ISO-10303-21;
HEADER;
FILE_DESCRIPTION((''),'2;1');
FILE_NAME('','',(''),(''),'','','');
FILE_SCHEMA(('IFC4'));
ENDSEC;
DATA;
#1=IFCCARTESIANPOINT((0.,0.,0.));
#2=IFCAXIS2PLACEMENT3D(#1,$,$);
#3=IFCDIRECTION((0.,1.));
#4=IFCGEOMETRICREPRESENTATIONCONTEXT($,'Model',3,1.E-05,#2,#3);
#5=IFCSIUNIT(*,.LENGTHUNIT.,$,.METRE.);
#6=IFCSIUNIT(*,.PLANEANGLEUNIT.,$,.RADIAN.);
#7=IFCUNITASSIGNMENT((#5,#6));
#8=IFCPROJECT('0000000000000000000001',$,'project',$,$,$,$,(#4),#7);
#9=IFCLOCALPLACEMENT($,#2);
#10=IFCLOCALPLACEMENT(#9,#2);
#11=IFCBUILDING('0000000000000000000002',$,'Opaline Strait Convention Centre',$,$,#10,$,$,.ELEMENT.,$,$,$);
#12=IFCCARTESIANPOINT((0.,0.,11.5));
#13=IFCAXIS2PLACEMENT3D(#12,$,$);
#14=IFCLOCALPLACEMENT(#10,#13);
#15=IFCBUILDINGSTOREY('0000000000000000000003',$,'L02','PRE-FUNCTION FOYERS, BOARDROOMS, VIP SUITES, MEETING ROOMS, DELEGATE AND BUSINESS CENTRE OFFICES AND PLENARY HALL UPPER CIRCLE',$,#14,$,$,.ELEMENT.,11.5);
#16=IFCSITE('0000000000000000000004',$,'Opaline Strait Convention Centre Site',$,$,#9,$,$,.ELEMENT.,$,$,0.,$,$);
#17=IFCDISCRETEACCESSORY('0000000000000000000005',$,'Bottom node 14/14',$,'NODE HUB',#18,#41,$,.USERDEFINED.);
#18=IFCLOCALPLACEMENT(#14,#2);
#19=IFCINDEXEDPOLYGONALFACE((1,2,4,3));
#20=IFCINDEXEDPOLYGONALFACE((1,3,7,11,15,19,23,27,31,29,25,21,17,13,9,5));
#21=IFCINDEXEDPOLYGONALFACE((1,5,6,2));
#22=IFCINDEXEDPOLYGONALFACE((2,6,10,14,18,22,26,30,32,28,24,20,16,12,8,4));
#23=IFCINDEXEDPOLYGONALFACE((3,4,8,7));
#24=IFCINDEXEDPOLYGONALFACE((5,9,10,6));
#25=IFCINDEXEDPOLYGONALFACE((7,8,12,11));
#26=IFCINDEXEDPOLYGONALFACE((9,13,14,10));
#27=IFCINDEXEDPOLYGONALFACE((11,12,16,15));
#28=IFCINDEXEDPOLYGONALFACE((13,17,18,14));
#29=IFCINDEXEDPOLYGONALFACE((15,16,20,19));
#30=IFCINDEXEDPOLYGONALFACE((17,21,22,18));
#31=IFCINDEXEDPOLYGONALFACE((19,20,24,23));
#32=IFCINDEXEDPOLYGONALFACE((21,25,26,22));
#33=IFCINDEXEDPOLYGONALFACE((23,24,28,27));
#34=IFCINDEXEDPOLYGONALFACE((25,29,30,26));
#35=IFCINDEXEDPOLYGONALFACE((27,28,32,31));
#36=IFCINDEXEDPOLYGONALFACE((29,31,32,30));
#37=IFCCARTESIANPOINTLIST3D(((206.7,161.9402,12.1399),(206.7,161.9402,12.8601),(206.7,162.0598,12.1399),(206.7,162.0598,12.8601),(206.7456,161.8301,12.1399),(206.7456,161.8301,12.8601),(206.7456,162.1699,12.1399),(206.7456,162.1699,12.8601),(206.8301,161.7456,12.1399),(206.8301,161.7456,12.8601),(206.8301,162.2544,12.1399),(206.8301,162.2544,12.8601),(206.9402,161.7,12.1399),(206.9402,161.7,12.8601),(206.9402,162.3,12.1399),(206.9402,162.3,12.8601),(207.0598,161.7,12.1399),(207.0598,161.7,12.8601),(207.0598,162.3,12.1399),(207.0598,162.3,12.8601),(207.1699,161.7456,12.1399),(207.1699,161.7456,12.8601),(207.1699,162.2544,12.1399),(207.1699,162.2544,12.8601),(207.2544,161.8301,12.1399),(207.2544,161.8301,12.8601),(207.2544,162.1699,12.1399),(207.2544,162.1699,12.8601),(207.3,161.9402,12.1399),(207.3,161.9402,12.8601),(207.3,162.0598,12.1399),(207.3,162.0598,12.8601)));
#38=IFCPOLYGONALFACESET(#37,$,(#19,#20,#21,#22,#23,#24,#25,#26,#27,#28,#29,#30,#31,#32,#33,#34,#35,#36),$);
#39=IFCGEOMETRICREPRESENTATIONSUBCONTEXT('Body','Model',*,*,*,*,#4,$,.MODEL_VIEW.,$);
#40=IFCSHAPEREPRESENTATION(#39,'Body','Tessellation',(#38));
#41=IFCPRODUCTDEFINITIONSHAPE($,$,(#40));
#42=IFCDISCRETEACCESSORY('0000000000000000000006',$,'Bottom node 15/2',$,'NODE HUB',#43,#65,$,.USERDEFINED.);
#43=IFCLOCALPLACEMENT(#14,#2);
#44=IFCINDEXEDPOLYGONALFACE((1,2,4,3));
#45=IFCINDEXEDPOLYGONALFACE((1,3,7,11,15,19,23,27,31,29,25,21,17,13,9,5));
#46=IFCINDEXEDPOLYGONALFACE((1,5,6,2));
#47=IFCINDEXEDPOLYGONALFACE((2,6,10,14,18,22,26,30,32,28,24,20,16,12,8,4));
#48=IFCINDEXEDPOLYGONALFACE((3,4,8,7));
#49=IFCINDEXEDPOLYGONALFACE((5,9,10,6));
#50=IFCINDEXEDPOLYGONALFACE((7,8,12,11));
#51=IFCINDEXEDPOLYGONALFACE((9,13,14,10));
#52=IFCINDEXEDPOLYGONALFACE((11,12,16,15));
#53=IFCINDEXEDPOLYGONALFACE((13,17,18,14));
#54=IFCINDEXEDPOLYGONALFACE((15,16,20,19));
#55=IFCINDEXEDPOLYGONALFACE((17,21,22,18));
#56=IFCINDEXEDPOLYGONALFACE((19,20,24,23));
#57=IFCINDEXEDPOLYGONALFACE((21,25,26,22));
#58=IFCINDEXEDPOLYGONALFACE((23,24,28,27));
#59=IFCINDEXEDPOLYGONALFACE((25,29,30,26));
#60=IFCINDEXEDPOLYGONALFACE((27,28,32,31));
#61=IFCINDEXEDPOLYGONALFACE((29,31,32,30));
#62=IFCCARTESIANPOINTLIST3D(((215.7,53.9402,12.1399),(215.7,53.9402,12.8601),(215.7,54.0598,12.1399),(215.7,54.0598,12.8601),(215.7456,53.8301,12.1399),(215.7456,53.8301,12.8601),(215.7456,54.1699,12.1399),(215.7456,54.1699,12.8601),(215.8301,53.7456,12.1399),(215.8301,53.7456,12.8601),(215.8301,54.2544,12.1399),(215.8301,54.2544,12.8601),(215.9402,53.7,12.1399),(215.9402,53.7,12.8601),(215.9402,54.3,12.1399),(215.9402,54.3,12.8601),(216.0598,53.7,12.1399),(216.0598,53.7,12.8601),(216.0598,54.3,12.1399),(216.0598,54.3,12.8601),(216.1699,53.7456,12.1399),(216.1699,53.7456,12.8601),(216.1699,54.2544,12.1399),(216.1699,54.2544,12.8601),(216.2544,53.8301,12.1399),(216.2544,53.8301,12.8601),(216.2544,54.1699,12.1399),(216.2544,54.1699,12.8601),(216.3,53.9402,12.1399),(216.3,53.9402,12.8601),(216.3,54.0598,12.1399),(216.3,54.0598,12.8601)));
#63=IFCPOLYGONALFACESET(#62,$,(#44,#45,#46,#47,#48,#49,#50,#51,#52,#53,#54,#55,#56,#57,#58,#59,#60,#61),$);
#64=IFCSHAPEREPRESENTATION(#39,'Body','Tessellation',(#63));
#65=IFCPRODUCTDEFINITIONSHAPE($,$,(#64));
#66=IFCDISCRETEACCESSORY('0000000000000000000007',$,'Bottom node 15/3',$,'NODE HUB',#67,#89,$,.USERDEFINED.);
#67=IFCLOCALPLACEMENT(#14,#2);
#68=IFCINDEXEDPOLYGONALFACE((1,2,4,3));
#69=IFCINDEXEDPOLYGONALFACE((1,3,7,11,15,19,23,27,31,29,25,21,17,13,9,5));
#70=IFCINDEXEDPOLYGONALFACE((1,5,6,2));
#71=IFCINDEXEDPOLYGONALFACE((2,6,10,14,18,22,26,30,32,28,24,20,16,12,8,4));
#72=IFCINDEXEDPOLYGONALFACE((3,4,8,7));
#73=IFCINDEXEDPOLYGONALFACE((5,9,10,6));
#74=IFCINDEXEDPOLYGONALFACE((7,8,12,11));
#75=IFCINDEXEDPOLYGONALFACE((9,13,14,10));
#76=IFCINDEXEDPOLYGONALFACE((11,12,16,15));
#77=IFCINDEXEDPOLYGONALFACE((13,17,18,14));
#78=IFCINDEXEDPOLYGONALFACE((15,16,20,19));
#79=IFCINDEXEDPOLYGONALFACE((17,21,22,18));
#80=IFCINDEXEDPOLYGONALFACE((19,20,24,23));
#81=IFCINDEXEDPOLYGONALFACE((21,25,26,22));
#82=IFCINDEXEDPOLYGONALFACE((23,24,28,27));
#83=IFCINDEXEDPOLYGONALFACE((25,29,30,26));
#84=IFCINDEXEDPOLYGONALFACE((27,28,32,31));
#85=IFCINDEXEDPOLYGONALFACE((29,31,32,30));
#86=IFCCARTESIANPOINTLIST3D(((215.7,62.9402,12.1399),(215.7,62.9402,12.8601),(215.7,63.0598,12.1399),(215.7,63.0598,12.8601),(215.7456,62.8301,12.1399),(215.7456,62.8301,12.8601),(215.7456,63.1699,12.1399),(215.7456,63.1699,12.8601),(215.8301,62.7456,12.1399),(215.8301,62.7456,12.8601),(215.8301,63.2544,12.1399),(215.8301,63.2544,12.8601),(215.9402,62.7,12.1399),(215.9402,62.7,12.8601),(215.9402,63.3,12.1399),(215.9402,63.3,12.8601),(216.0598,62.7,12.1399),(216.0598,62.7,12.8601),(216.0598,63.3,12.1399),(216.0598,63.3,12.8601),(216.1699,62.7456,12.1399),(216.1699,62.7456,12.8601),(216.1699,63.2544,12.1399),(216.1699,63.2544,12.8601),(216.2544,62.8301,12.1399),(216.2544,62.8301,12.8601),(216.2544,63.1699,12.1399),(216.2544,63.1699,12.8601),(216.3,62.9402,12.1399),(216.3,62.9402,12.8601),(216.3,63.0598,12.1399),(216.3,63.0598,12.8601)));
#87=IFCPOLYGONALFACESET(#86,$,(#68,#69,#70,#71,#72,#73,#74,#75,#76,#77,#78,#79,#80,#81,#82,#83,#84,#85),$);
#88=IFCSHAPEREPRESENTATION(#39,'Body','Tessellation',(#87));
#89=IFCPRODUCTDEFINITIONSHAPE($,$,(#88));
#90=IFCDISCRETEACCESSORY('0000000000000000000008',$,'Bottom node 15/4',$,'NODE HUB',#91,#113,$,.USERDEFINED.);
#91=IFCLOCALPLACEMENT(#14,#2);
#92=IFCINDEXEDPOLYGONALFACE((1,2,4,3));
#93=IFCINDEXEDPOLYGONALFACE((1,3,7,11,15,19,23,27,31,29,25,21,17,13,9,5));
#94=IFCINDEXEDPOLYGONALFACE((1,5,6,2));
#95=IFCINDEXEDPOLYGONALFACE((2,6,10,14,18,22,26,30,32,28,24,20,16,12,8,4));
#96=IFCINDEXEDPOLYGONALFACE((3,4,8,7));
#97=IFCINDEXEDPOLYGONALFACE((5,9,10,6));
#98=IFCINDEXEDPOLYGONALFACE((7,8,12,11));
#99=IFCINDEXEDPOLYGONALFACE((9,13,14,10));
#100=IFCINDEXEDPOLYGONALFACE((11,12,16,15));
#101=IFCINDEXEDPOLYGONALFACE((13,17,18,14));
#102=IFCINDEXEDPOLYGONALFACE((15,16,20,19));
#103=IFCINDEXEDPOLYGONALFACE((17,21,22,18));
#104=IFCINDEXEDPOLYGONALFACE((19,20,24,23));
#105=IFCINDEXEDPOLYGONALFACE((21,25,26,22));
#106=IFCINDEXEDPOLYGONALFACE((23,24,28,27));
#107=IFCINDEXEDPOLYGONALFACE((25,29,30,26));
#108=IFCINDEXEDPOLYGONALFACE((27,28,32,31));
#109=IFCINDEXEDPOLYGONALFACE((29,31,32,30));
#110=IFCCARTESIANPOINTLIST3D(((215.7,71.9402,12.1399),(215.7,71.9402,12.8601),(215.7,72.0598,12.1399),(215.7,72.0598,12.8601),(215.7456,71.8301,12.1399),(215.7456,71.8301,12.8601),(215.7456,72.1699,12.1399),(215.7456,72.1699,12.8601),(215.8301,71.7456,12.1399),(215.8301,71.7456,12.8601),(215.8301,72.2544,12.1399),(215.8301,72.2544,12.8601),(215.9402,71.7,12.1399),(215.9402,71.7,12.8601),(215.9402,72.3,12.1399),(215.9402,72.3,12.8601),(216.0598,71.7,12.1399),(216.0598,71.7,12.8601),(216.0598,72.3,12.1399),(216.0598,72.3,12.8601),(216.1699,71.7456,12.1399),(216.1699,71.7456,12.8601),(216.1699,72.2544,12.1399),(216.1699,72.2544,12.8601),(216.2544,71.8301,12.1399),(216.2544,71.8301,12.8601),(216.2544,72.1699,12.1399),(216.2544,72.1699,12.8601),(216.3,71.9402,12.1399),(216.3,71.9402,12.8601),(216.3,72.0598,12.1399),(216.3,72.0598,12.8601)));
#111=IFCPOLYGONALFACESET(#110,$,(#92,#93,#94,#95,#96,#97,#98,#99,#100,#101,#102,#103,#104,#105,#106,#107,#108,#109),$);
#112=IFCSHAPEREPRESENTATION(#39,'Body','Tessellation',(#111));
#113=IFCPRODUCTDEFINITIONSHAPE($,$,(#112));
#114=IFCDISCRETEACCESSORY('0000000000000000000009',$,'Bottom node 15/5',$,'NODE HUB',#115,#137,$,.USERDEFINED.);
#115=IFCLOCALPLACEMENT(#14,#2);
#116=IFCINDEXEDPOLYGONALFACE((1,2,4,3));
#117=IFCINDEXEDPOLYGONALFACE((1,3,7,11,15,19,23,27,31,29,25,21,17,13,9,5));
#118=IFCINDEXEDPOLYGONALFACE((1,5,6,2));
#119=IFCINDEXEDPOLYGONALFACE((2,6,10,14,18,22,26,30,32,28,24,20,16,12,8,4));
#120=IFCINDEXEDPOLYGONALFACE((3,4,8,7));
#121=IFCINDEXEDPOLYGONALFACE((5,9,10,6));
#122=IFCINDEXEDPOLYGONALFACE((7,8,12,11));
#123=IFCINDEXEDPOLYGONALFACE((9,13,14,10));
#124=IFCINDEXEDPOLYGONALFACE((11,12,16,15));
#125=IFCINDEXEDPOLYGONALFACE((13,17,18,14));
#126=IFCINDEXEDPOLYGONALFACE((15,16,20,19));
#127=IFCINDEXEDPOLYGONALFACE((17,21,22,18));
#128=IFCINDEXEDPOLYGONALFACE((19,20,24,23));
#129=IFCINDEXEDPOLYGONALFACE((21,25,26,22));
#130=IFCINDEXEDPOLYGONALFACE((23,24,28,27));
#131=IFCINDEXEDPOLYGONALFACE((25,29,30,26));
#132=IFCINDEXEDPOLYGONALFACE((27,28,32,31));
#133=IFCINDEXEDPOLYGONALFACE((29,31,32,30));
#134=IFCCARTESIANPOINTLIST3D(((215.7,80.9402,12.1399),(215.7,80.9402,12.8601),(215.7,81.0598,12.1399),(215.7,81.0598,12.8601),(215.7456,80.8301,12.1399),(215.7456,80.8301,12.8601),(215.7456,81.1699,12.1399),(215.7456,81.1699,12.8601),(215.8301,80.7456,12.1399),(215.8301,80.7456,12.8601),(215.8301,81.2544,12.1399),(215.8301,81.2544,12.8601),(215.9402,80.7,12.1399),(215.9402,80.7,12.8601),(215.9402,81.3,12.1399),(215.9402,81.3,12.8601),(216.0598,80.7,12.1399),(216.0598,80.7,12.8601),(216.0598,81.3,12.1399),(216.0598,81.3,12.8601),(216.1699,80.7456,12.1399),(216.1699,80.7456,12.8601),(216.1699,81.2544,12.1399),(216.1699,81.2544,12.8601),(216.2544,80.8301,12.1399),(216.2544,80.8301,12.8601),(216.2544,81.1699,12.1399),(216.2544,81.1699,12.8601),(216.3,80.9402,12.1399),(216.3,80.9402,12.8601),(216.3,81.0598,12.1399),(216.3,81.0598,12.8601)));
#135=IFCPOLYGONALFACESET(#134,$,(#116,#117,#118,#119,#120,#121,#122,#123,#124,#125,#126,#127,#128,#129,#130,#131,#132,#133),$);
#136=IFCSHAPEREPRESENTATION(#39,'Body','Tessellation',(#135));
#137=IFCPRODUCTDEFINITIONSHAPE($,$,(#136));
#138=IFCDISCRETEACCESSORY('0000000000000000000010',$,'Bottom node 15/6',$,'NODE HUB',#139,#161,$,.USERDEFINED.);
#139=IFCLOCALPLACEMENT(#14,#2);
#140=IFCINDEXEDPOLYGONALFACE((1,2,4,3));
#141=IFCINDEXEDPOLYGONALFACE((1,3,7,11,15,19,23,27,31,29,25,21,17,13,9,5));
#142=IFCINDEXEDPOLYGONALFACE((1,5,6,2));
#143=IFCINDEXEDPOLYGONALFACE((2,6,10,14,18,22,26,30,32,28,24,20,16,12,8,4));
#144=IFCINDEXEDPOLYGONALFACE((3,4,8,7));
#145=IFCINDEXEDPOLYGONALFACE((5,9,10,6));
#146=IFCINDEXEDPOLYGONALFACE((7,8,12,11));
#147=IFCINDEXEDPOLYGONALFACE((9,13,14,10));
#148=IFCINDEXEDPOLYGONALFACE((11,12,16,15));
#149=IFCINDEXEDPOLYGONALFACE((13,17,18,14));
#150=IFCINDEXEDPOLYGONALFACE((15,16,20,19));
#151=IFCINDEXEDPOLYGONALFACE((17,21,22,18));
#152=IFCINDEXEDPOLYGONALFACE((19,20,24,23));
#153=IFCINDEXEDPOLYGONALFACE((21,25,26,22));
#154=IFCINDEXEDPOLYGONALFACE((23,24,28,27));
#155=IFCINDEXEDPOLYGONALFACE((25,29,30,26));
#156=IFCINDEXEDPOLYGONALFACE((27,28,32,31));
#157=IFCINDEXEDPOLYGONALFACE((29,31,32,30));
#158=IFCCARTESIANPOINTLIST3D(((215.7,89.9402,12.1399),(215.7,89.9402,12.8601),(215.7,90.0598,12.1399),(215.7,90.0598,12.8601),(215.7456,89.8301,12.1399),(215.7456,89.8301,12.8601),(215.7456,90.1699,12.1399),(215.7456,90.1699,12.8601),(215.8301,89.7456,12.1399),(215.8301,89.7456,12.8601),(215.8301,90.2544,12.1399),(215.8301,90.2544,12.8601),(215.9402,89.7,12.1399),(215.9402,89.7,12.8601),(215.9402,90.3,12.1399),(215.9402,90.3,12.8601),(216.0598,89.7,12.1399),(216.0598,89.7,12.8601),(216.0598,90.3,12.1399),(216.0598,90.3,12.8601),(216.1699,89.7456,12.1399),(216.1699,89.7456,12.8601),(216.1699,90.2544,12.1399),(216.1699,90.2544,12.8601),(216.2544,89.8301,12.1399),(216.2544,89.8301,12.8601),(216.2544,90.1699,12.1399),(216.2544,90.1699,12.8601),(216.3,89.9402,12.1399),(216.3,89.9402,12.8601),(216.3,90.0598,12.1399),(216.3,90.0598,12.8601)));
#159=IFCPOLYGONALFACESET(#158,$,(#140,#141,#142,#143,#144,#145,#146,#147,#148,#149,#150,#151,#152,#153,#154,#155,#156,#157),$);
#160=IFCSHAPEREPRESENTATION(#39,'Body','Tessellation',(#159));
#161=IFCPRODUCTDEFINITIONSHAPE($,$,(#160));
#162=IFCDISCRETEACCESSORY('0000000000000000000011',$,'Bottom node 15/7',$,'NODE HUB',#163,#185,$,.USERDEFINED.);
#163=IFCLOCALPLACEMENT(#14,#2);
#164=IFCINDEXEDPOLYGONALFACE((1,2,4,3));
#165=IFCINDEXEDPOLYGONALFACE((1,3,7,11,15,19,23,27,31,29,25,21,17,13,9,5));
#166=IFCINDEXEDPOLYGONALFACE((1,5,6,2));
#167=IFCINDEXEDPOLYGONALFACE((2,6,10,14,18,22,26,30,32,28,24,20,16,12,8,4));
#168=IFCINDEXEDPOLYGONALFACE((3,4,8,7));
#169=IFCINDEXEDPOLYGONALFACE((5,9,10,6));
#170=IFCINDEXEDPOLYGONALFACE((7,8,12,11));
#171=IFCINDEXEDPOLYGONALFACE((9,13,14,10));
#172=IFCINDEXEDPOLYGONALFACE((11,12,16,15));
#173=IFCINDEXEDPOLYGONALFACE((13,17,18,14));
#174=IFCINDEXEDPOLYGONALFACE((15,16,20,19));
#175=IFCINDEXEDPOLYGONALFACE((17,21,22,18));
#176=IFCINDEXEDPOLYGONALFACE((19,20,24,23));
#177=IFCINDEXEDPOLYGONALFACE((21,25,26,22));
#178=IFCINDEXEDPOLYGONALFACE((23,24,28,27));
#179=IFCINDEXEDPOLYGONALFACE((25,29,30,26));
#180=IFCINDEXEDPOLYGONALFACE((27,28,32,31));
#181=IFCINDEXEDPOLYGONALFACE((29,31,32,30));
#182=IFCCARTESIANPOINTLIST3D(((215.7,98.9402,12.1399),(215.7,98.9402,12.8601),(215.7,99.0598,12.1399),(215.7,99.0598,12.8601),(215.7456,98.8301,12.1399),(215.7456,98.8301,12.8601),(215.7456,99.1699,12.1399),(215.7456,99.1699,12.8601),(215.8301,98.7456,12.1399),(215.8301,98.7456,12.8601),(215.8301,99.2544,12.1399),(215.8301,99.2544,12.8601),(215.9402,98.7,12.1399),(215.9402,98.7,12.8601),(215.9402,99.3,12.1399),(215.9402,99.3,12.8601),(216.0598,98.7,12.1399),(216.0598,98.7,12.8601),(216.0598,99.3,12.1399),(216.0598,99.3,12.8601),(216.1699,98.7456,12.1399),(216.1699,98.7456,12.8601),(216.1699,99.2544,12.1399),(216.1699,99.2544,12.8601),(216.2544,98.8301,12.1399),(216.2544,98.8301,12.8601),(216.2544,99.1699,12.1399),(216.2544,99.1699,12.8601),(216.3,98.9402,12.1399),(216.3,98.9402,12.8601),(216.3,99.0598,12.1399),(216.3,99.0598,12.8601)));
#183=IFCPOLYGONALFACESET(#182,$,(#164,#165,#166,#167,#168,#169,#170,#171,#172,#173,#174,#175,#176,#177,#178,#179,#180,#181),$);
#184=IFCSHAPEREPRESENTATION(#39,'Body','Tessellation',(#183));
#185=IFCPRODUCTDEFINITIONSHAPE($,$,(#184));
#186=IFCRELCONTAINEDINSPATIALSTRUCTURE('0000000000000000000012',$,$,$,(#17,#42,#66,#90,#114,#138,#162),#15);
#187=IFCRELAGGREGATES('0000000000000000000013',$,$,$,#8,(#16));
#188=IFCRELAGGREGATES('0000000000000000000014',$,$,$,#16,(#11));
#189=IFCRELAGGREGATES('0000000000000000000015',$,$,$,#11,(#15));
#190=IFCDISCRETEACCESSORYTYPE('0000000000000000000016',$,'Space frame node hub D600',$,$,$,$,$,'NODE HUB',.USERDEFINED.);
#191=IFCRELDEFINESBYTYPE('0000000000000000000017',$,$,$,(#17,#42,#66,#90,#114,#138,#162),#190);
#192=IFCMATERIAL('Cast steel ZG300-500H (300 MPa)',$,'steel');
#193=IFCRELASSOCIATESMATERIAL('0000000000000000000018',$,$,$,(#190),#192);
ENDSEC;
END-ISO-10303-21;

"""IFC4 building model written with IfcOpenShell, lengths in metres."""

from ifc_helpers import new_model, si_unit, direction, frame, origin, place, context, subcontext, project, spatial, polyline, outline, extrude, material, type_object, element, save


model = new_model("IFC4")

# Units and contexts
model_context = context("Model", 3, precision=1e-05, world=origin(), true_north=direction((0.0, 1.0)))
body_context = subcontext(model_context, "Body", "Model", "MODEL_VIEW")
ifc_project = project(units=[si_unit("LENGTHUNIT", "METRE"), si_unit("PLANEANGLEUNIT", "RADIAN")], contexts=[model_context])

# Site, building, storey
site_placement = place(None, origin())
site = spatial("IfcSite", under=ifc_project, at=site_placement, Name="Opaline Strait Convention Centre Site", CompositionType="ELEMENT", RefElevation=0.0)
building_placement = place(site_placement, origin())
building = spatial("IfcBuilding", under=site, at=building_placement, Name="Opaline Strait Convention Centre", CompositionType="ELEMENT")
storey_placement = place(building_placement, frame((0.0, 0.0, 11.5)))
storey = spatial("IfcBuildingStorey", under=building, at=storey_placement, Name="L02", Description="PRE-FUNCTION FOYERS, BOARDROOMS, VIP SUITES, MEETING ROOMS, DELEGATE AND BUSINESS CENTRE OFFICES AND PLENARY HALL UPPER CIRCLE", CompositionType="ELEMENT", Elevation=11.5)

# Discrete accessories
ifc_material = material(Name="Cast steel ZG300-500H (300 MPa)", Category="steel")
discrete_accessory_type_1 = type_object("IfcDiscreteAccessoryType", Name="Space frame node hub D600", ElementType="NODE HUB", PredefinedType="USERDEFINED", material=ifc_material)
discrete_accessory_1_placement = place(storey_placement, frame((0.0, 0.0, 12.1399)))
element("IfcDiscreteAccessory", 1, at=discrete_accessory_1_placement, inside=storey, type_object=discrete_accessory_type_1, Name="Bottom node 14/14", ObjectType="NODE HUB", PredefinedType="USERDEFINED", context=body_context, shape_type="SweptSolid", body=[
    extrude(outline(polyline([(207.3, 162.0598), (207.2544, 162.1699), (207.1699, 162.2544), (207.0598, 162.3), (206.9402, 162.3), (206.8301, 162.2544), (206.7456, 162.1699), (206.7, 162.0598), (206.7, 161.9402), (206.7456, 161.8301), (206.8301, 161.7456), (206.9402, 161.7), (207.0598, 161.7), (207.1699, 161.7456), (207.2544, 161.8301), (207.3, 161.9402), (207.3, 162.0598)])), origin(), (0.0, 0.0, 1.0), 0.7202),
])
discrete_accessory_2_placement = place(storey_placement, frame((0.0, 0.0, 12.1399)))
element("IfcDiscreteAccessory", 2, at=discrete_accessory_2_placement, inside=storey, type_object=discrete_accessory_type_1, Name="Bottom node 15/2", ObjectType="NODE HUB", PredefinedType="USERDEFINED", context=body_context, shape_type="SweptSolid", body=[
    extrude(outline(polyline([(216.3, 54.0598), (216.2544, 54.1699), (216.1699, 54.2544), (216.0598, 54.3), (215.9402, 54.3), (215.8301, 54.2544), (215.7456, 54.1699), (215.7, 54.0598), (215.7, 53.9402), (215.7456, 53.8301), (215.8301, 53.7456), (215.9402, 53.7), (216.0598, 53.7), (216.1699, 53.7456), (216.2544, 53.8301), (216.3, 53.9402), (216.3, 54.0598)])), origin(), (0.0, 0.0, 1.0), 0.7202),
])
discrete_accessory_3_placement = place(storey_placement, frame((0.0, 0.0, 12.1399)))
element("IfcDiscreteAccessory", 3, at=discrete_accessory_3_placement, inside=storey, type_object=discrete_accessory_type_1, Name="Bottom node 15/3", ObjectType="NODE HUB", PredefinedType="USERDEFINED", context=body_context, shape_type="SweptSolid", body=[
    extrude(outline(polyline([(216.3, 63.0598), (216.2544, 63.1699), (216.1699, 63.2544), (216.0598, 63.3), (215.9402, 63.3), (215.8301, 63.2544), (215.7456, 63.1699), (215.7, 63.0598), (215.7, 62.9402), (215.7456, 62.8301), (215.8301, 62.7456), (215.9402, 62.7), (216.0598, 62.7), (216.1699, 62.7456), (216.2544, 62.8301), (216.3, 62.9402), (216.3, 63.0598)])), origin(), (0.0, 0.0, 1.0), 0.7202),
])
discrete_accessory_4_placement = place(storey_placement, frame((0.0, 0.0, 12.1399)))
element("IfcDiscreteAccessory", 4, at=discrete_accessory_4_placement, inside=storey, type_object=discrete_accessory_type_1, Name="Bottom node 15/4", ObjectType="NODE HUB", PredefinedType="USERDEFINED", context=body_context, shape_type="SweptSolid", body=[
    extrude(outline(polyline([(216.3, 72.0598), (216.2544, 72.1699), (216.1699, 72.2544), (216.0598, 72.3), (215.9402, 72.3), (215.8301, 72.2544), (215.7456, 72.1699), (215.7, 72.0598), (215.7, 71.9402), (215.7456, 71.8301), (215.8301, 71.7456), (215.9402, 71.7), (216.0598, 71.7), (216.1699, 71.7456), (216.2544, 71.8301), (216.3, 71.9402), (216.3, 72.0598)])), origin(), (0.0, 0.0, 1.0), 0.7202),
])
discrete_accessory_5_placement = place(storey_placement, frame((0.0, 0.0, 12.1399)))
element("IfcDiscreteAccessory", 5, at=discrete_accessory_5_placement, inside=storey, type_object=discrete_accessory_type_1, Name="Bottom node 15/5", ObjectType="NODE HUB", PredefinedType="USERDEFINED", context=body_context, shape_type="SweptSolid", body=[
    extrude(outline(polyline([(216.3, 81.0598), (216.2544, 81.1699), (216.1699, 81.2544), (216.0598, 81.3), (215.9402, 81.3), (215.8301, 81.2544), (215.7456, 81.1699), (215.7, 81.0598), (215.7, 80.9402), (215.7456, 80.8301), (215.8301, 80.7456), (215.9402, 80.7), (216.0598, 80.7), (216.1699, 80.7456), (216.2544, 80.8301), (216.3, 80.9402), (216.3, 81.0598)])), origin(), (0.0, 0.0, 1.0), 0.7202),
])
discrete_accessory_6_placement = place(storey_placement, frame((0.0, 0.0, 12.1399)))
element("IfcDiscreteAccessory", 6, at=discrete_accessory_6_placement, inside=storey, type_object=discrete_accessory_type_1, Name="Bottom node 15/6", ObjectType="NODE HUB", PredefinedType="USERDEFINED", context=body_context, shape_type="SweptSolid", body=[
    extrude(outline(polyline([(216.3, 90.0598), (216.2544, 90.1699), (216.1699, 90.2544), (216.0598, 90.3), (215.9402, 90.3), (215.8301, 90.2544), (215.7456, 90.1699), (215.7, 90.0598), (215.7, 89.9402), (215.7456, 89.8301), (215.8301, 89.7456), (215.9402, 89.7), (216.0598, 89.7), (216.1699, 89.7456), (216.2544, 89.8301), (216.3, 89.9402), (216.3, 90.0598)])), origin(), (0.0, 0.0, 1.0), 0.7202),
])
discrete_accessory_7_placement = place(storey_placement, frame((0.0, 0.0, 12.1399)))
element("IfcDiscreteAccessory", 7, at=discrete_accessory_7_placement, inside=storey, type_object=discrete_accessory_type_1, Name="Bottom node 15/7", ObjectType="NODE HUB", PredefinedType="USERDEFINED", context=body_context, shape_type="SweptSolid", body=[
    extrude(outline(polyline([(216.3, 99.0598), (216.2544, 99.1699), (216.1699, 99.2544), (216.0598, 99.3), (215.9402, 99.3), (215.8301, 99.2544), (215.7456, 99.1699), (215.7, 99.0598), (215.7, 98.9402), (215.7456, 98.8301), (215.8301, 98.7456), (215.9402, 98.7), (216.0598, 98.7), (216.1699, 98.7456), (216.2544, 98.8301), (216.3, 98.9402), (216.3, 99.0598)])), origin(), (0.0, 0.0, 1.0), 0.7202),
])

save(model, "model.ifc")
